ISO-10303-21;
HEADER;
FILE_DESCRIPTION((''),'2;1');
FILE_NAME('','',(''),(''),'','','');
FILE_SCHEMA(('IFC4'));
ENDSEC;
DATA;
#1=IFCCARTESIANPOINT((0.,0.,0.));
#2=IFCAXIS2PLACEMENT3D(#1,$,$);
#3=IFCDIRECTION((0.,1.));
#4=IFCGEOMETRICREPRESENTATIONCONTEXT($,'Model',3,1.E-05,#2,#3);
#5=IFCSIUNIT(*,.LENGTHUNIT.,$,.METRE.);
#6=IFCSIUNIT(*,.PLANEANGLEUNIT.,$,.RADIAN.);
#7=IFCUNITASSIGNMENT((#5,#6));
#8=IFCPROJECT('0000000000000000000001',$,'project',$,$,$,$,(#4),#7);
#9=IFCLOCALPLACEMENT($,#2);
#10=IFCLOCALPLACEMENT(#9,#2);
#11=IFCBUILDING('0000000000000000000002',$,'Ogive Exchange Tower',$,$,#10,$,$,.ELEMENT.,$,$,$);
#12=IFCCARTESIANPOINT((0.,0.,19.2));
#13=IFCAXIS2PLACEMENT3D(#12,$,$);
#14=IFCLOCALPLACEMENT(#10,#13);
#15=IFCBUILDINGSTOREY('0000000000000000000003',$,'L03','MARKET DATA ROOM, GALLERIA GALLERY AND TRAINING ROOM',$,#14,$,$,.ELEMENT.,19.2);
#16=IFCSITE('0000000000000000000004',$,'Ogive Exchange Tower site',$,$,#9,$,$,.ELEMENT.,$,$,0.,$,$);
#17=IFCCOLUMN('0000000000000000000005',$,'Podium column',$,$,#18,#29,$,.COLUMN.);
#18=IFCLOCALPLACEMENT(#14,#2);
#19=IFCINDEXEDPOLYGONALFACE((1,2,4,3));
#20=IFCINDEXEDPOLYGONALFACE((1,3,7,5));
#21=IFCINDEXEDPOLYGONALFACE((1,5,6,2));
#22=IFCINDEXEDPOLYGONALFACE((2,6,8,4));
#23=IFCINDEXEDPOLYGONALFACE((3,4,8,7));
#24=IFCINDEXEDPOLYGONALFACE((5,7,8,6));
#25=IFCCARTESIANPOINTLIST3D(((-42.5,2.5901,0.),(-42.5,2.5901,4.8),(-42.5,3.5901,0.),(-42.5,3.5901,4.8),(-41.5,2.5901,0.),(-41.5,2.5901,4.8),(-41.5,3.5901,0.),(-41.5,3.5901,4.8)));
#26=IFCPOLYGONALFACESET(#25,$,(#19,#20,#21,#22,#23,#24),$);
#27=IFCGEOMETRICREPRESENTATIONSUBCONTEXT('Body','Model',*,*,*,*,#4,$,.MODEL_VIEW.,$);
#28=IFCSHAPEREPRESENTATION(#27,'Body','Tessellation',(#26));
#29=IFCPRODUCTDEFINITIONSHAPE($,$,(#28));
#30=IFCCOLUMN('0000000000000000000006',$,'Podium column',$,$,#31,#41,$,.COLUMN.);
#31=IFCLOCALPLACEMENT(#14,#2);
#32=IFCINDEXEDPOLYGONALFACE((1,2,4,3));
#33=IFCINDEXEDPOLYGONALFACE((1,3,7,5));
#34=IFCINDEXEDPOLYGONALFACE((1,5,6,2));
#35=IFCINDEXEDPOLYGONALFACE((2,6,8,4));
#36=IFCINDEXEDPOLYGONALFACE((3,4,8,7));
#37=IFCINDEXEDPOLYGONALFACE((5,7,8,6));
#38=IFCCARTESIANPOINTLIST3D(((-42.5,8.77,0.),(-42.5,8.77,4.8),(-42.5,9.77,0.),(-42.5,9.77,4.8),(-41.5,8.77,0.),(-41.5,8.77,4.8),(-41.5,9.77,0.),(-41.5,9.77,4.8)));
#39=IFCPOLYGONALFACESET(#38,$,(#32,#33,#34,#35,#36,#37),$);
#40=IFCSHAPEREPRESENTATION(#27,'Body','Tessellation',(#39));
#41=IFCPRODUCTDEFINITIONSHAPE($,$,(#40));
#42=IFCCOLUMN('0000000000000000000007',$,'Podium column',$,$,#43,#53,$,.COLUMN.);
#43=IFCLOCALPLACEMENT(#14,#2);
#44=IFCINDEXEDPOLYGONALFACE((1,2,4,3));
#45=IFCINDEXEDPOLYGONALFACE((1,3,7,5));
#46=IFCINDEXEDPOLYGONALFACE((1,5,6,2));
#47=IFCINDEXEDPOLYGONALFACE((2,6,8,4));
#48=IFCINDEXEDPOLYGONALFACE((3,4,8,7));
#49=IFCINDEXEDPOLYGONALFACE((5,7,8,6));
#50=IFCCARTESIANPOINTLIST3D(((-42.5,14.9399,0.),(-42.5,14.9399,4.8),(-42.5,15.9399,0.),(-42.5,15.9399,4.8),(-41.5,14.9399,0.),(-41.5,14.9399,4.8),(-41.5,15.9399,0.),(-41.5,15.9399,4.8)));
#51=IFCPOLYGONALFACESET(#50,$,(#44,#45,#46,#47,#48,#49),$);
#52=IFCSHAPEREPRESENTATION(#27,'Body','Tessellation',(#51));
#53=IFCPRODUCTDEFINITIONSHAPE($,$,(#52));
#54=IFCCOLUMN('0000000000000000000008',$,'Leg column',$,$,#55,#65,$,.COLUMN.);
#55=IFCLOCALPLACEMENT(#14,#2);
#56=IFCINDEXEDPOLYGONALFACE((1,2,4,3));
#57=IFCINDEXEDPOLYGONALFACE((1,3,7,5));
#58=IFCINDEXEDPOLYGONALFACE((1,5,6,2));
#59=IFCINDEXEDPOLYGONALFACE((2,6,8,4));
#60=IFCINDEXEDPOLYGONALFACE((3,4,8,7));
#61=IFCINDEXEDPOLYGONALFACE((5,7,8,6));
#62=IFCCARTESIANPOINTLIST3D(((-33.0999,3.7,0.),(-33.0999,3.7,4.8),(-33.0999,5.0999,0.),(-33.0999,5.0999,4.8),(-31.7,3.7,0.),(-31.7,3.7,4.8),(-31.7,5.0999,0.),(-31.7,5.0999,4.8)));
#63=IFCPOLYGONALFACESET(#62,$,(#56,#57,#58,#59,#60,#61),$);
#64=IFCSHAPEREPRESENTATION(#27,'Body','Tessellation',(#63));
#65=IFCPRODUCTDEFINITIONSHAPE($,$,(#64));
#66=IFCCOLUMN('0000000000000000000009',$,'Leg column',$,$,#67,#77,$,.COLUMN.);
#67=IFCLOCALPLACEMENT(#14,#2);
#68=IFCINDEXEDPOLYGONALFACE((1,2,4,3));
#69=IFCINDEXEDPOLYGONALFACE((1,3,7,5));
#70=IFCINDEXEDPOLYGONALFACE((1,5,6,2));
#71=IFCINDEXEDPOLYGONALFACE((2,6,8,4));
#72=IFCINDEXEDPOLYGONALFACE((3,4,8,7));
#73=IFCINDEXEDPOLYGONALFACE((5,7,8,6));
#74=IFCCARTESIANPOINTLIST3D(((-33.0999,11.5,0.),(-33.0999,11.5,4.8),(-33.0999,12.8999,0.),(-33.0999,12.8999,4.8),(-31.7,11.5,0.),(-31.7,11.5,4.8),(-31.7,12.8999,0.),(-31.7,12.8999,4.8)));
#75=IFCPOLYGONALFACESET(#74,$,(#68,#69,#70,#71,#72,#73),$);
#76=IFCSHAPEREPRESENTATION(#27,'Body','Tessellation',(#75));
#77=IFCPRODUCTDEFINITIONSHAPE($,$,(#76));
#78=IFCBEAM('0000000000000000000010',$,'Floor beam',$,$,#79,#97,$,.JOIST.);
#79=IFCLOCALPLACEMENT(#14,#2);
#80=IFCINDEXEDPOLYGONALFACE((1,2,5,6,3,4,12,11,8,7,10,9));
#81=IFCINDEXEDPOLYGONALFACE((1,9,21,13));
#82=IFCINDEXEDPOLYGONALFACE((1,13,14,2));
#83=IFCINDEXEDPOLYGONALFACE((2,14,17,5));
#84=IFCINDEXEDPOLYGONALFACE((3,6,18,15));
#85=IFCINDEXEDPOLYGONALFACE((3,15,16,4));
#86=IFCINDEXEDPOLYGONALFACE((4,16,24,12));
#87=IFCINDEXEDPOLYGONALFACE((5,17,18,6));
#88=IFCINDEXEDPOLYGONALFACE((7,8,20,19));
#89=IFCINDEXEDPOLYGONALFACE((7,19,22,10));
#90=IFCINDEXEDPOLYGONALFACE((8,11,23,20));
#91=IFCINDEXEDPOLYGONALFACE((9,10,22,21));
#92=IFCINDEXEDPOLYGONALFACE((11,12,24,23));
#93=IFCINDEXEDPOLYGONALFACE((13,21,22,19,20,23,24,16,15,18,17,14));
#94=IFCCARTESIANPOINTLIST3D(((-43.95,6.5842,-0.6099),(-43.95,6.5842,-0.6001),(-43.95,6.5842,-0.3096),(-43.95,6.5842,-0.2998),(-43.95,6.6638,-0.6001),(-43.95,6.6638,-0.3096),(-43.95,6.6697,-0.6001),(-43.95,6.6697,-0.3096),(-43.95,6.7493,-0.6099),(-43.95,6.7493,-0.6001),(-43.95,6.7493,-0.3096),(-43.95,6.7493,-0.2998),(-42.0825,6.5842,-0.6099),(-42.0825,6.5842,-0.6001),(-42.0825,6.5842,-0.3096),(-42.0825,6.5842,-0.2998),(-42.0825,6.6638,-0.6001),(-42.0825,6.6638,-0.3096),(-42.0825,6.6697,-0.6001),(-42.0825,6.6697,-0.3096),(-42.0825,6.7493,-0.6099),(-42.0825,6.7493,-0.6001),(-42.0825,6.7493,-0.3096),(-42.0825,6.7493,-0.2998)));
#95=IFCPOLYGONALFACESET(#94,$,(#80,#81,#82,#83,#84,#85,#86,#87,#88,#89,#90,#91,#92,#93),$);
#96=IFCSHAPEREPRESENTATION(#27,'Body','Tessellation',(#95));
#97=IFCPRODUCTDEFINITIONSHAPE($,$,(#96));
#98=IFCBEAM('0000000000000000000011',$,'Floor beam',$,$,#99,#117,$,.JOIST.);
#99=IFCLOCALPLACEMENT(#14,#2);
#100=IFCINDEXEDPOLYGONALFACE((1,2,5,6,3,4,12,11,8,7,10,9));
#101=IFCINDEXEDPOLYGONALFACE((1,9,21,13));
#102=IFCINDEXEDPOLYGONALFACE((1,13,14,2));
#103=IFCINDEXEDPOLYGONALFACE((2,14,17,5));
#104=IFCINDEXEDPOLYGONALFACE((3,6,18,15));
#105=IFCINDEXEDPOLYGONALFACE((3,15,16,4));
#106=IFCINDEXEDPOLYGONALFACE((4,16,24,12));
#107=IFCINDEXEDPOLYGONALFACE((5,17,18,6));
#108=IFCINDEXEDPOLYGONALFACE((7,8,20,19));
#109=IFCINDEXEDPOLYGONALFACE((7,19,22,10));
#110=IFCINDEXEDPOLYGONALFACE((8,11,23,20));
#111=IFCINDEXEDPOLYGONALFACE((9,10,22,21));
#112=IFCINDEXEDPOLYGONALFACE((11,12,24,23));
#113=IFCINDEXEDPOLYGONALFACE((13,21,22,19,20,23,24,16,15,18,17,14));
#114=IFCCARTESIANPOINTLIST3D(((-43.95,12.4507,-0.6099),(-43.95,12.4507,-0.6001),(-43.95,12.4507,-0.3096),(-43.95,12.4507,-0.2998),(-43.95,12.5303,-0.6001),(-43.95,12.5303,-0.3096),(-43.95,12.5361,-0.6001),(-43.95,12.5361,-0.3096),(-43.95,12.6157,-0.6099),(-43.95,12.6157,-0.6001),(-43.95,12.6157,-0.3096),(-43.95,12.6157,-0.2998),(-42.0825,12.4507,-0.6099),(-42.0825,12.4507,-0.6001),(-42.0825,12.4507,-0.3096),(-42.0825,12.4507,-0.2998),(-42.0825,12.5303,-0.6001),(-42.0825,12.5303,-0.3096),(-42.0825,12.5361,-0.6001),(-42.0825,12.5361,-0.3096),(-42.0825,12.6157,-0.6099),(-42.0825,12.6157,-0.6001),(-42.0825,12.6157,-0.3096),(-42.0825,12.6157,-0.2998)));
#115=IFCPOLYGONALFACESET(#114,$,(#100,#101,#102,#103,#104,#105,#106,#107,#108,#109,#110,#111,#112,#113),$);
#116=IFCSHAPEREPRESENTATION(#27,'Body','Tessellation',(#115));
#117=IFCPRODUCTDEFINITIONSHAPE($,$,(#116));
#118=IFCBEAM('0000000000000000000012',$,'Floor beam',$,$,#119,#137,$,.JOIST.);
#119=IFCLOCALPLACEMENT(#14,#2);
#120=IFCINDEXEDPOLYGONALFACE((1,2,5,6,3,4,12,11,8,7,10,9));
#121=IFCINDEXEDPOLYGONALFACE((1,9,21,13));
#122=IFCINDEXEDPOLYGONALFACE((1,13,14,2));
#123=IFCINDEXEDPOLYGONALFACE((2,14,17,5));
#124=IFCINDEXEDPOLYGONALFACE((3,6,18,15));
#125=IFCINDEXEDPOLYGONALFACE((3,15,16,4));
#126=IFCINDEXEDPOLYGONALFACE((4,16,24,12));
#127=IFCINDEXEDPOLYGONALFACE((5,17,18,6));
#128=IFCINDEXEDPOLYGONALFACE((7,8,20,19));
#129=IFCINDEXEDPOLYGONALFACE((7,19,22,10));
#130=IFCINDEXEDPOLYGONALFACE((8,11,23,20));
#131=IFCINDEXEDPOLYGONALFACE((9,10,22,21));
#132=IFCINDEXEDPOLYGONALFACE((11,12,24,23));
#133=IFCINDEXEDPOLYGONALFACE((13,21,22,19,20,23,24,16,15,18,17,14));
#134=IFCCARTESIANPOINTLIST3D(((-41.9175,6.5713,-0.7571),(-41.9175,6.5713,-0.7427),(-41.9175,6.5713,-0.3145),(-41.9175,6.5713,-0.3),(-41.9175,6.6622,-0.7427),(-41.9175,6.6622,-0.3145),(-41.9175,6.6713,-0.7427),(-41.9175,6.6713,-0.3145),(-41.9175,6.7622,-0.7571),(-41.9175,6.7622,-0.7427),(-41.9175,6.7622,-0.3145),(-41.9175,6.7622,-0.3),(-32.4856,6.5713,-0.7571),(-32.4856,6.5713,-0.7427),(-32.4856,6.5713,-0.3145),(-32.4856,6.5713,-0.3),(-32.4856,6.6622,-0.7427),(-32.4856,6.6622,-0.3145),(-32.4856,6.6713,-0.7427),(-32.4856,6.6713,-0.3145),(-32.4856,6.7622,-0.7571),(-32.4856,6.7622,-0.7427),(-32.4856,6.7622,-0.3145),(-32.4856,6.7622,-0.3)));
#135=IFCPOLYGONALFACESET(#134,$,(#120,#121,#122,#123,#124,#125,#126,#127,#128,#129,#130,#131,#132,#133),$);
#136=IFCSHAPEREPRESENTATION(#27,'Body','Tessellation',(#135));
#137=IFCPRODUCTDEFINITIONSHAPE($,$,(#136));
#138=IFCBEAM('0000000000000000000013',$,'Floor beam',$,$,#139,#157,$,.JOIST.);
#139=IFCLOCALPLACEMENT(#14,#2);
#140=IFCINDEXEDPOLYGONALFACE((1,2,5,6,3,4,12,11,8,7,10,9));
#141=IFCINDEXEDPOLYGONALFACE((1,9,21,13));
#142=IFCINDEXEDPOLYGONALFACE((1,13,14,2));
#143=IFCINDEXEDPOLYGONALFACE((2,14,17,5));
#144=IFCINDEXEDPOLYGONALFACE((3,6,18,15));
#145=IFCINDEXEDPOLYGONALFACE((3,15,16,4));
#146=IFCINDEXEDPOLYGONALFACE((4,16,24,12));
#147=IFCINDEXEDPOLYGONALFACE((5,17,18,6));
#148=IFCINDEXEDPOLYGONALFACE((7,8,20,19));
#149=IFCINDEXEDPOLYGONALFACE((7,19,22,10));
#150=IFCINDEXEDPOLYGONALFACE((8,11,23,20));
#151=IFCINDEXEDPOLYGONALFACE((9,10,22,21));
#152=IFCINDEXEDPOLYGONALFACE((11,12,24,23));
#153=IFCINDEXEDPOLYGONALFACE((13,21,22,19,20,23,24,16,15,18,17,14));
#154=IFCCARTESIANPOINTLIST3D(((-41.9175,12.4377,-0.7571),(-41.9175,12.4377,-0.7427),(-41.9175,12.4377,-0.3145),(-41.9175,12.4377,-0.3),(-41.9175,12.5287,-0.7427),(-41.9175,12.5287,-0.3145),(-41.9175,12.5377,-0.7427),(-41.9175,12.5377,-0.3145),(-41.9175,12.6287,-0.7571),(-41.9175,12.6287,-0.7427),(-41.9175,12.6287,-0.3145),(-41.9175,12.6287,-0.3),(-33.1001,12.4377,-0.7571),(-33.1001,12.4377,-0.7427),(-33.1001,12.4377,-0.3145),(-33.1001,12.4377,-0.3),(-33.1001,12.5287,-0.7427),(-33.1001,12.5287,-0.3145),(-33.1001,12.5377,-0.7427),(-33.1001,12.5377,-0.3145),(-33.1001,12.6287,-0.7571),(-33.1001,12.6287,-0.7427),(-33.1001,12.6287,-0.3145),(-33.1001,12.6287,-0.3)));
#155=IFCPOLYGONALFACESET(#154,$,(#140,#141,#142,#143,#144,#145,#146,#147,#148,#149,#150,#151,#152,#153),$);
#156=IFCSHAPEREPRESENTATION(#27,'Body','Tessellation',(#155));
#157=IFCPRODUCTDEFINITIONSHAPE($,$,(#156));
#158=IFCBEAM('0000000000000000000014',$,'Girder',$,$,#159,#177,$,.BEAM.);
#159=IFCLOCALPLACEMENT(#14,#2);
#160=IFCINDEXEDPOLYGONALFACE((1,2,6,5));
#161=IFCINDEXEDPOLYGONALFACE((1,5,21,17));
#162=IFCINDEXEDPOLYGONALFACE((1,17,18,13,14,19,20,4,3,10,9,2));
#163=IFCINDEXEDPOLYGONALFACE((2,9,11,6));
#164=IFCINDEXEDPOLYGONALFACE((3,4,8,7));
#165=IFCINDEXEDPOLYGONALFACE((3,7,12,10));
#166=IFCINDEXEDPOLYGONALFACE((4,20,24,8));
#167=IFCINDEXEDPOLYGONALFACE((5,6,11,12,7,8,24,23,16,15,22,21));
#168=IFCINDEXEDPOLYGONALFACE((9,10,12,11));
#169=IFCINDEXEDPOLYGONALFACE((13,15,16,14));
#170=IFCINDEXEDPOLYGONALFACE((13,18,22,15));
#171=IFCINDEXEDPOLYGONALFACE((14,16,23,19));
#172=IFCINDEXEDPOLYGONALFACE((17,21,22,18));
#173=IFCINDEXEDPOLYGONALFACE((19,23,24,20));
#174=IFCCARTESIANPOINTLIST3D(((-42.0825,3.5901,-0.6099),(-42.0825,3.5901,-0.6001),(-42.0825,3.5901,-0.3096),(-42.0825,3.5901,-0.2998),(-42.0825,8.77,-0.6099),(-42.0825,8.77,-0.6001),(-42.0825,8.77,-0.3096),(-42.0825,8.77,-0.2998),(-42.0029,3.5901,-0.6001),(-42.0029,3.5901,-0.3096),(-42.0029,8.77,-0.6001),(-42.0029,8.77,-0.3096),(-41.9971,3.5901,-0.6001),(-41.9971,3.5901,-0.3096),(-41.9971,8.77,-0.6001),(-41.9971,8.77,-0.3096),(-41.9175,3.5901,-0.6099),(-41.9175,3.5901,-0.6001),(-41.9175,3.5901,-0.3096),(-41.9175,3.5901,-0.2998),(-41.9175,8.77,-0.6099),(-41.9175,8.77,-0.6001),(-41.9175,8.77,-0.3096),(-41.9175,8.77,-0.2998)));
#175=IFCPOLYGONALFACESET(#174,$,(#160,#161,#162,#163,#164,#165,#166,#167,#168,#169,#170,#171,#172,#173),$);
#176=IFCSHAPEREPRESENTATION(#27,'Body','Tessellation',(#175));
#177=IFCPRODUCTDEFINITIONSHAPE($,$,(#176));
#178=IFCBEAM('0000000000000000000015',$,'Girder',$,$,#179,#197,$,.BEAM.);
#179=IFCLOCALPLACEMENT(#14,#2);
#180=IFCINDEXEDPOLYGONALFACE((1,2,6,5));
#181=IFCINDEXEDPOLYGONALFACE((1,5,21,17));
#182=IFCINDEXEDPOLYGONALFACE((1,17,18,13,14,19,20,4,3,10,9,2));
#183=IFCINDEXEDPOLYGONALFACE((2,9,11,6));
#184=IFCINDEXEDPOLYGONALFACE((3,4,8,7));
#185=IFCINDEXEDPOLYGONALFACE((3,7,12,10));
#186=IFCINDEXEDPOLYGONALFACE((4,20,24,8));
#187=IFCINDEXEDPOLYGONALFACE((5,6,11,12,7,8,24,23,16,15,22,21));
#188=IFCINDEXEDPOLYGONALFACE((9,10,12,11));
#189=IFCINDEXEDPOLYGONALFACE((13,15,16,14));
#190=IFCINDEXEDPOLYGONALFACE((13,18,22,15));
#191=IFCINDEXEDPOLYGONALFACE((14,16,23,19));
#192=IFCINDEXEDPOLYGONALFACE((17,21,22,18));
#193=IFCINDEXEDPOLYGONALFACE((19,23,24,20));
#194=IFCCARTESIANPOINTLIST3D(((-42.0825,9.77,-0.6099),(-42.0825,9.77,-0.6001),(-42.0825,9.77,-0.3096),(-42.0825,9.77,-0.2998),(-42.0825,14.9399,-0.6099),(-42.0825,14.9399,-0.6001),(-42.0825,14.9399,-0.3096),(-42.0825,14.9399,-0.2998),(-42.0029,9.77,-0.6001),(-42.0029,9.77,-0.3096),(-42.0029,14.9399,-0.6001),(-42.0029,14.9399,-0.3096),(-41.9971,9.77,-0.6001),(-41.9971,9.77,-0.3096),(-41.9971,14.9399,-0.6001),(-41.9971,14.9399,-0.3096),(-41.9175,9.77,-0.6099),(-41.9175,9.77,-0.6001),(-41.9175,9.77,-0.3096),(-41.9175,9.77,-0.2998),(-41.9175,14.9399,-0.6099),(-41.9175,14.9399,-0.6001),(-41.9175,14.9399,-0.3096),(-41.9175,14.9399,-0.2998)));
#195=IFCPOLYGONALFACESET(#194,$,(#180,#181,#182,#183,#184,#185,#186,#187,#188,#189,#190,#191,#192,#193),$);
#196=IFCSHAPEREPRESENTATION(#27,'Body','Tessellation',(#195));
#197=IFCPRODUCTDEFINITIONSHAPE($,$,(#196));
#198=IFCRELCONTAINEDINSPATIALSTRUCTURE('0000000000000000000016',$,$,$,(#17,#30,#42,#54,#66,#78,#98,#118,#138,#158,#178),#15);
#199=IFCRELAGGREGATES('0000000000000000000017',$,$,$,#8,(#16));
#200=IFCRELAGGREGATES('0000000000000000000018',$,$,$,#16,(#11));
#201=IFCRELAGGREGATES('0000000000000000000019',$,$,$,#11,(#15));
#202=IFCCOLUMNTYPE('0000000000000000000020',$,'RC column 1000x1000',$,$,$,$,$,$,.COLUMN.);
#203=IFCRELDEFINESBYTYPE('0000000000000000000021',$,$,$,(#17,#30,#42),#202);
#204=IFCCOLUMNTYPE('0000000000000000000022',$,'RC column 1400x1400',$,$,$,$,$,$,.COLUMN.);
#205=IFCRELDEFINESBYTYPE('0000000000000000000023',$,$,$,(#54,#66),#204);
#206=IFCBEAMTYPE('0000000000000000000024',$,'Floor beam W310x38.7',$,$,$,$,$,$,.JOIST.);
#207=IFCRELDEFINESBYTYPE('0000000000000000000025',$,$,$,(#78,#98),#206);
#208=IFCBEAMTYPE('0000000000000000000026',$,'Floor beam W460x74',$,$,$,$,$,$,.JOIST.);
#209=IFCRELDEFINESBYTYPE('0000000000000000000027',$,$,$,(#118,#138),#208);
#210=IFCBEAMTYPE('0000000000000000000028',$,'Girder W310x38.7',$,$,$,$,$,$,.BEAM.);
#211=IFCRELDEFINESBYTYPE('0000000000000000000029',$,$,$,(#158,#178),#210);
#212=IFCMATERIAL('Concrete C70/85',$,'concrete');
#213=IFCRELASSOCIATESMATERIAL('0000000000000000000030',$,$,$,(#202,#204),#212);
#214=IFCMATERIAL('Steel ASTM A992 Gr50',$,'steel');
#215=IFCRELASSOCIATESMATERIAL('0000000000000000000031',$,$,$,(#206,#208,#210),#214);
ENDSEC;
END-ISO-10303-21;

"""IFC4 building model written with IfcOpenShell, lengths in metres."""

from ifc_helpers import new_model, si_unit, direction, frame, origin, origin_2d, place, context, subcontext, project, spatial, rectangle, i_section, extrude, material, material_profile, profile_set, type_object, element, save


model = new_model("IFC4")

# Units and contexts
model_context = context("Model", 3, precision=1e-05, world=origin(), true_north=direction((0.0, 1.0)))
body_context = subcontext(model_context, "Body", "Model", "MODEL_VIEW")
ifc_project = project(units=[si_unit("LENGTHUNIT", "METRE"), si_unit("PLANEANGLEUNIT", "RADIAN")], contexts=[model_context])

# Site, building, storey
site_placement = place(None, origin())
site = spatial("IfcSite", under=ifc_project, at=site_placement, Name="Ogive Exchange Tower site", CompositionType="ELEMENT", RefElevation=0.0)
building_placement = place(site_placement, origin())
building = spatial("IfcBuilding", under=site, at=building_placement, Name="Ogive Exchange Tower", CompositionType="ELEMENT")
storey_placement = place(building_placement, frame((0.0, 0.0, 19.2)))
storey = spatial("IfcBuildingStorey", under=building, at=storey_placement, Name="L03", Description="MARKET DATA ROOM, GALLERIA GALLERY AND TRAINING ROOM", CompositionType="ELEMENT", Elevation=19.2)

# Columns
ifc_material_1 = material(Name="Concrete C70/85", Category="concrete")
ifc_material_profile_1 = material_profile(ifc_material_1, rectangle(XDim=1.0, YDim=1.0, at=origin_2d()), Name="RC 1000x1000")
ifc_profile_set_1 = profile_set([ifc_material_profile_1], Name="Concrete C70/85")
column_type_1 = type_object("IfcColumnType", Name="RC column 1000x1000", PredefinedType="COLUMN", material=ifc_profile_set_1)
for number, where, z_axis, x_axis, name in (
    (1, (-42.0, 3.0901, 0.0), (0.0, 0.0, 1.0), (1.0, 0.0, 0.0), "Podium column"),
    (2, (-42.0, 9.27, 0.0), (0.0, 0.0, 1.0), (1.0, 0.0, 0.0), "Podium column"),
    (3, (-42.0, 15.4399, 0.0), (0.0, 0.0, 1.0), (1.0, 0.0, 0.0), "Podium column"),
):
    element("IfcColumn", number, at=place(storey_placement, frame(where, z_axis=z_axis, x_axis=x_axis)), inside=storey, type_object=column_type_1, Name=name, PredefinedType="COLUMN", context=body_context, shape_type="SweptSolid", body=[
        extrude(rectangle(XDim=1.0, YDim=1.0, at=origin_2d()), origin(), (0.0, 0.0, 1.0), 4.8),
    ])
ifc_material_profile_2 = material_profile(ifc_material_1, rectangle(XDim=1.3999, YDim=1.3999, at=origin_2d()), Name="RC 1400x1400")
ifc_profile_set_2 = profile_set([ifc_material_profile_2], Name="Concrete C70/85")
column_type_2 = type_object("IfcColumnType", Name="RC column 1400x1400", PredefinedType="COLUMN", material=ifc_profile_set_2)
for number, where, z_axis, x_axis, name in (
    (4, (-32.3999, 4.3999, 0.0), (0.0, 0.0, 1.0), (1.0, 0.0, 0.0), "Leg column"),
    (5, (-32.3999, 12.2, 0.0), (0.0, 0.0, 1.0), (1.0, 0.0, 0.0), "Leg column"),
):
    element("IfcColumn", number, at=place(storey_placement, frame(where, z_axis=z_axis, x_axis=x_axis)), inside=storey, type_object=column_type_2, Name=name, PredefinedType="COLUMN", context=body_context, shape_type="SweptSolid", body=[
        extrude(rectangle(XDim=1.3999, YDim=1.3999, at=origin_2d()), origin(), (0.0, 0.0, 1.0), 4.8),
    ])

# Beams
ifc_material_2 = material(Name="Steel ASTM A992 Gr50", Category="steel")
ifc_material_profile_3 = material_profile(ifc_material_2, i_section(OverallWidth=0.165, OverallDepth=0.3101, WebThickness=0.0059, FlangeThickness=0.0098, at=origin_2d()), Name="W310x38.7")
ifc_profile_set_3 = profile_set([ifc_material_profile_3], Name="Steel ASTM A992 Gr50")
beam_type_1 = type_object("IfcBeamType", Name="Floor beam W310x38.7", PredefinedType="JOIST", material=ifc_profile_set_3)
for number, where, z_axis, x_axis, name in (
    (6, (-43.95, 6.6667, -0.4548), (1.0, 0.0, 0.0), (0.0, 1.0, 0.0), "Floor beam"),
    (7, (-43.95, 12.5332, -0.4548), (1.0, 0.0, 0.0), (0.0, 1.0, 0.0), "Floor beam"),
):
    element("IfcBeam", number, at=place(storey_placement, frame(where, z_axis=z_axis, x_axis=x_axis)), inside=storey, type_object=beam_type_1, Name=name, PredefinedType="JOIST", context=body_context, shape_type="SweptSolid", body=[
        extrude(i_section(OverallWidth=0.165, OverallDepth=0.3101, WebThickness=0.0059, FlangeThickness=0.0098, at=origin_2d()), origin(), (0.0, 0.0, 1.0), 1.8674),
    ])
ifc_material_profile_4 = material_profile(ifc_material_2, i_section(OverallWidth=0.1909, OverallDepth=0.457, WebThickness=0.009, FlangeThickness=0.0144, at=origin_2d()), Name="W460x74")
ifc_profile_set_4 = profile_set([ifc_material_profile_4], Name="Steel ASTM A992 Gr50")
beam_type_2 = type_object("IfcBeamType", Name="Floor beam W460x74", PredefinedType="JOIST", material=ifc_profile_set_4)
beam_1_placement = place(storey_placement, frame((-41.9175, 6.6667, -0.5286), z_axis=(1.0, 0.0, 0.0), x_axis=(0.0, 1.0, 0.0)))
element("IfcBeam", 8, at=beam_1_placement, inside=storey, type_object=beam_type_2, Name="Floor beam", PredefinedType="JOIST", context=body_context, shape_type="SweptSolid", body=[
    extrude(i_section(OverallWidth=0.1909, OverallDepth=0.457, WebThickness=0.009, FlangeThickness=0.0144, at=origin_2d()), origin(), (0.0, 0.0, 1.0), 9.4319),
])
beam_2_placement = place(storey_placement, frame((-41.9175, 12.5332, -0.5286), z_axis=(1.0, 0.0, 0.0), x_axis=(0.0, 1.0, 0.0)))
element("IfcBeam", 9, at=beam_2_placement, inside=storey, type_object=beam_type_2, Name="Floor beam", PredefinedType="JOIST", context=body_context, shape_type="SweptSolid", body=[
    extrude(i_section(OverallWidth=0.1909, OverallDepth=0.457, WebThickness=0.009, FlangeThickness=0.0144, at=origin_2d()), origin(), (0.0, 0.0, 1.0), 8.8174),
])
ifc_material_profile_5 = material_profile(ifc_material_2, i_section(OverallWidth=0.165, OverallDepth=0.3101, WebThickness=0.0059, FlangeThickness=0.0098, at=origin_2d()), Name="W310x38.7")
ifc_profile_set_5 = profile_set([ifc_material_profile_5], Name="Steel ASTM A992 Gr50")
beam_type_3 = type_object("IfcBeamType", Name="Girder W310x38.7", PredefinedType="BEAM", material=ifc_profile_set_5)
beam_3_placement = place(storey_placement, frame((-42.0, 3.5901, -0.4548), z_axis=(0.0, 1.0, 0.0), x_axis=(-1.0, 0.0, 0.0)))
element("IfcBeam", 10, at=beam_3_placement, inside=storey, type_object=beam_type_3, Name="Girder", PredefinedType="BEAM", context=body_context, shape_type="SweptSolid", body=[
    extrude(i_section(OverallWidth=0.165, OverallDepth=0.3101, WebThickness=0.0059, FlangeThickness=0.0098, at=origin_2d()), origin(), (0.0, 0.0, 1.0), 5.1799),
])
beam_4_placement = place(storey_placement, frame((-42.0, 9.77, -0.4548), z_axis=(0.0, 1.0, 0.0), x_axis=(-1.0, 0.0, 0.0)))
element("IfcBeam", 11, at=beam_4_placement, inside=storey, type_object=beam_type_3, Name="Girder", PredefinedType="BEAM", context=body_context, shape_type="SweptSolid", body=[
    extrude(i_section(OverallWidth=0.165, OverallDepth=0.3101, WebThickness=0.0059, FlangeThickness=0.0098, at=origin_2d()), origin(), (0.0, 0.0, 1.0), 5.1699),
])

save(model, "model.ifc")
